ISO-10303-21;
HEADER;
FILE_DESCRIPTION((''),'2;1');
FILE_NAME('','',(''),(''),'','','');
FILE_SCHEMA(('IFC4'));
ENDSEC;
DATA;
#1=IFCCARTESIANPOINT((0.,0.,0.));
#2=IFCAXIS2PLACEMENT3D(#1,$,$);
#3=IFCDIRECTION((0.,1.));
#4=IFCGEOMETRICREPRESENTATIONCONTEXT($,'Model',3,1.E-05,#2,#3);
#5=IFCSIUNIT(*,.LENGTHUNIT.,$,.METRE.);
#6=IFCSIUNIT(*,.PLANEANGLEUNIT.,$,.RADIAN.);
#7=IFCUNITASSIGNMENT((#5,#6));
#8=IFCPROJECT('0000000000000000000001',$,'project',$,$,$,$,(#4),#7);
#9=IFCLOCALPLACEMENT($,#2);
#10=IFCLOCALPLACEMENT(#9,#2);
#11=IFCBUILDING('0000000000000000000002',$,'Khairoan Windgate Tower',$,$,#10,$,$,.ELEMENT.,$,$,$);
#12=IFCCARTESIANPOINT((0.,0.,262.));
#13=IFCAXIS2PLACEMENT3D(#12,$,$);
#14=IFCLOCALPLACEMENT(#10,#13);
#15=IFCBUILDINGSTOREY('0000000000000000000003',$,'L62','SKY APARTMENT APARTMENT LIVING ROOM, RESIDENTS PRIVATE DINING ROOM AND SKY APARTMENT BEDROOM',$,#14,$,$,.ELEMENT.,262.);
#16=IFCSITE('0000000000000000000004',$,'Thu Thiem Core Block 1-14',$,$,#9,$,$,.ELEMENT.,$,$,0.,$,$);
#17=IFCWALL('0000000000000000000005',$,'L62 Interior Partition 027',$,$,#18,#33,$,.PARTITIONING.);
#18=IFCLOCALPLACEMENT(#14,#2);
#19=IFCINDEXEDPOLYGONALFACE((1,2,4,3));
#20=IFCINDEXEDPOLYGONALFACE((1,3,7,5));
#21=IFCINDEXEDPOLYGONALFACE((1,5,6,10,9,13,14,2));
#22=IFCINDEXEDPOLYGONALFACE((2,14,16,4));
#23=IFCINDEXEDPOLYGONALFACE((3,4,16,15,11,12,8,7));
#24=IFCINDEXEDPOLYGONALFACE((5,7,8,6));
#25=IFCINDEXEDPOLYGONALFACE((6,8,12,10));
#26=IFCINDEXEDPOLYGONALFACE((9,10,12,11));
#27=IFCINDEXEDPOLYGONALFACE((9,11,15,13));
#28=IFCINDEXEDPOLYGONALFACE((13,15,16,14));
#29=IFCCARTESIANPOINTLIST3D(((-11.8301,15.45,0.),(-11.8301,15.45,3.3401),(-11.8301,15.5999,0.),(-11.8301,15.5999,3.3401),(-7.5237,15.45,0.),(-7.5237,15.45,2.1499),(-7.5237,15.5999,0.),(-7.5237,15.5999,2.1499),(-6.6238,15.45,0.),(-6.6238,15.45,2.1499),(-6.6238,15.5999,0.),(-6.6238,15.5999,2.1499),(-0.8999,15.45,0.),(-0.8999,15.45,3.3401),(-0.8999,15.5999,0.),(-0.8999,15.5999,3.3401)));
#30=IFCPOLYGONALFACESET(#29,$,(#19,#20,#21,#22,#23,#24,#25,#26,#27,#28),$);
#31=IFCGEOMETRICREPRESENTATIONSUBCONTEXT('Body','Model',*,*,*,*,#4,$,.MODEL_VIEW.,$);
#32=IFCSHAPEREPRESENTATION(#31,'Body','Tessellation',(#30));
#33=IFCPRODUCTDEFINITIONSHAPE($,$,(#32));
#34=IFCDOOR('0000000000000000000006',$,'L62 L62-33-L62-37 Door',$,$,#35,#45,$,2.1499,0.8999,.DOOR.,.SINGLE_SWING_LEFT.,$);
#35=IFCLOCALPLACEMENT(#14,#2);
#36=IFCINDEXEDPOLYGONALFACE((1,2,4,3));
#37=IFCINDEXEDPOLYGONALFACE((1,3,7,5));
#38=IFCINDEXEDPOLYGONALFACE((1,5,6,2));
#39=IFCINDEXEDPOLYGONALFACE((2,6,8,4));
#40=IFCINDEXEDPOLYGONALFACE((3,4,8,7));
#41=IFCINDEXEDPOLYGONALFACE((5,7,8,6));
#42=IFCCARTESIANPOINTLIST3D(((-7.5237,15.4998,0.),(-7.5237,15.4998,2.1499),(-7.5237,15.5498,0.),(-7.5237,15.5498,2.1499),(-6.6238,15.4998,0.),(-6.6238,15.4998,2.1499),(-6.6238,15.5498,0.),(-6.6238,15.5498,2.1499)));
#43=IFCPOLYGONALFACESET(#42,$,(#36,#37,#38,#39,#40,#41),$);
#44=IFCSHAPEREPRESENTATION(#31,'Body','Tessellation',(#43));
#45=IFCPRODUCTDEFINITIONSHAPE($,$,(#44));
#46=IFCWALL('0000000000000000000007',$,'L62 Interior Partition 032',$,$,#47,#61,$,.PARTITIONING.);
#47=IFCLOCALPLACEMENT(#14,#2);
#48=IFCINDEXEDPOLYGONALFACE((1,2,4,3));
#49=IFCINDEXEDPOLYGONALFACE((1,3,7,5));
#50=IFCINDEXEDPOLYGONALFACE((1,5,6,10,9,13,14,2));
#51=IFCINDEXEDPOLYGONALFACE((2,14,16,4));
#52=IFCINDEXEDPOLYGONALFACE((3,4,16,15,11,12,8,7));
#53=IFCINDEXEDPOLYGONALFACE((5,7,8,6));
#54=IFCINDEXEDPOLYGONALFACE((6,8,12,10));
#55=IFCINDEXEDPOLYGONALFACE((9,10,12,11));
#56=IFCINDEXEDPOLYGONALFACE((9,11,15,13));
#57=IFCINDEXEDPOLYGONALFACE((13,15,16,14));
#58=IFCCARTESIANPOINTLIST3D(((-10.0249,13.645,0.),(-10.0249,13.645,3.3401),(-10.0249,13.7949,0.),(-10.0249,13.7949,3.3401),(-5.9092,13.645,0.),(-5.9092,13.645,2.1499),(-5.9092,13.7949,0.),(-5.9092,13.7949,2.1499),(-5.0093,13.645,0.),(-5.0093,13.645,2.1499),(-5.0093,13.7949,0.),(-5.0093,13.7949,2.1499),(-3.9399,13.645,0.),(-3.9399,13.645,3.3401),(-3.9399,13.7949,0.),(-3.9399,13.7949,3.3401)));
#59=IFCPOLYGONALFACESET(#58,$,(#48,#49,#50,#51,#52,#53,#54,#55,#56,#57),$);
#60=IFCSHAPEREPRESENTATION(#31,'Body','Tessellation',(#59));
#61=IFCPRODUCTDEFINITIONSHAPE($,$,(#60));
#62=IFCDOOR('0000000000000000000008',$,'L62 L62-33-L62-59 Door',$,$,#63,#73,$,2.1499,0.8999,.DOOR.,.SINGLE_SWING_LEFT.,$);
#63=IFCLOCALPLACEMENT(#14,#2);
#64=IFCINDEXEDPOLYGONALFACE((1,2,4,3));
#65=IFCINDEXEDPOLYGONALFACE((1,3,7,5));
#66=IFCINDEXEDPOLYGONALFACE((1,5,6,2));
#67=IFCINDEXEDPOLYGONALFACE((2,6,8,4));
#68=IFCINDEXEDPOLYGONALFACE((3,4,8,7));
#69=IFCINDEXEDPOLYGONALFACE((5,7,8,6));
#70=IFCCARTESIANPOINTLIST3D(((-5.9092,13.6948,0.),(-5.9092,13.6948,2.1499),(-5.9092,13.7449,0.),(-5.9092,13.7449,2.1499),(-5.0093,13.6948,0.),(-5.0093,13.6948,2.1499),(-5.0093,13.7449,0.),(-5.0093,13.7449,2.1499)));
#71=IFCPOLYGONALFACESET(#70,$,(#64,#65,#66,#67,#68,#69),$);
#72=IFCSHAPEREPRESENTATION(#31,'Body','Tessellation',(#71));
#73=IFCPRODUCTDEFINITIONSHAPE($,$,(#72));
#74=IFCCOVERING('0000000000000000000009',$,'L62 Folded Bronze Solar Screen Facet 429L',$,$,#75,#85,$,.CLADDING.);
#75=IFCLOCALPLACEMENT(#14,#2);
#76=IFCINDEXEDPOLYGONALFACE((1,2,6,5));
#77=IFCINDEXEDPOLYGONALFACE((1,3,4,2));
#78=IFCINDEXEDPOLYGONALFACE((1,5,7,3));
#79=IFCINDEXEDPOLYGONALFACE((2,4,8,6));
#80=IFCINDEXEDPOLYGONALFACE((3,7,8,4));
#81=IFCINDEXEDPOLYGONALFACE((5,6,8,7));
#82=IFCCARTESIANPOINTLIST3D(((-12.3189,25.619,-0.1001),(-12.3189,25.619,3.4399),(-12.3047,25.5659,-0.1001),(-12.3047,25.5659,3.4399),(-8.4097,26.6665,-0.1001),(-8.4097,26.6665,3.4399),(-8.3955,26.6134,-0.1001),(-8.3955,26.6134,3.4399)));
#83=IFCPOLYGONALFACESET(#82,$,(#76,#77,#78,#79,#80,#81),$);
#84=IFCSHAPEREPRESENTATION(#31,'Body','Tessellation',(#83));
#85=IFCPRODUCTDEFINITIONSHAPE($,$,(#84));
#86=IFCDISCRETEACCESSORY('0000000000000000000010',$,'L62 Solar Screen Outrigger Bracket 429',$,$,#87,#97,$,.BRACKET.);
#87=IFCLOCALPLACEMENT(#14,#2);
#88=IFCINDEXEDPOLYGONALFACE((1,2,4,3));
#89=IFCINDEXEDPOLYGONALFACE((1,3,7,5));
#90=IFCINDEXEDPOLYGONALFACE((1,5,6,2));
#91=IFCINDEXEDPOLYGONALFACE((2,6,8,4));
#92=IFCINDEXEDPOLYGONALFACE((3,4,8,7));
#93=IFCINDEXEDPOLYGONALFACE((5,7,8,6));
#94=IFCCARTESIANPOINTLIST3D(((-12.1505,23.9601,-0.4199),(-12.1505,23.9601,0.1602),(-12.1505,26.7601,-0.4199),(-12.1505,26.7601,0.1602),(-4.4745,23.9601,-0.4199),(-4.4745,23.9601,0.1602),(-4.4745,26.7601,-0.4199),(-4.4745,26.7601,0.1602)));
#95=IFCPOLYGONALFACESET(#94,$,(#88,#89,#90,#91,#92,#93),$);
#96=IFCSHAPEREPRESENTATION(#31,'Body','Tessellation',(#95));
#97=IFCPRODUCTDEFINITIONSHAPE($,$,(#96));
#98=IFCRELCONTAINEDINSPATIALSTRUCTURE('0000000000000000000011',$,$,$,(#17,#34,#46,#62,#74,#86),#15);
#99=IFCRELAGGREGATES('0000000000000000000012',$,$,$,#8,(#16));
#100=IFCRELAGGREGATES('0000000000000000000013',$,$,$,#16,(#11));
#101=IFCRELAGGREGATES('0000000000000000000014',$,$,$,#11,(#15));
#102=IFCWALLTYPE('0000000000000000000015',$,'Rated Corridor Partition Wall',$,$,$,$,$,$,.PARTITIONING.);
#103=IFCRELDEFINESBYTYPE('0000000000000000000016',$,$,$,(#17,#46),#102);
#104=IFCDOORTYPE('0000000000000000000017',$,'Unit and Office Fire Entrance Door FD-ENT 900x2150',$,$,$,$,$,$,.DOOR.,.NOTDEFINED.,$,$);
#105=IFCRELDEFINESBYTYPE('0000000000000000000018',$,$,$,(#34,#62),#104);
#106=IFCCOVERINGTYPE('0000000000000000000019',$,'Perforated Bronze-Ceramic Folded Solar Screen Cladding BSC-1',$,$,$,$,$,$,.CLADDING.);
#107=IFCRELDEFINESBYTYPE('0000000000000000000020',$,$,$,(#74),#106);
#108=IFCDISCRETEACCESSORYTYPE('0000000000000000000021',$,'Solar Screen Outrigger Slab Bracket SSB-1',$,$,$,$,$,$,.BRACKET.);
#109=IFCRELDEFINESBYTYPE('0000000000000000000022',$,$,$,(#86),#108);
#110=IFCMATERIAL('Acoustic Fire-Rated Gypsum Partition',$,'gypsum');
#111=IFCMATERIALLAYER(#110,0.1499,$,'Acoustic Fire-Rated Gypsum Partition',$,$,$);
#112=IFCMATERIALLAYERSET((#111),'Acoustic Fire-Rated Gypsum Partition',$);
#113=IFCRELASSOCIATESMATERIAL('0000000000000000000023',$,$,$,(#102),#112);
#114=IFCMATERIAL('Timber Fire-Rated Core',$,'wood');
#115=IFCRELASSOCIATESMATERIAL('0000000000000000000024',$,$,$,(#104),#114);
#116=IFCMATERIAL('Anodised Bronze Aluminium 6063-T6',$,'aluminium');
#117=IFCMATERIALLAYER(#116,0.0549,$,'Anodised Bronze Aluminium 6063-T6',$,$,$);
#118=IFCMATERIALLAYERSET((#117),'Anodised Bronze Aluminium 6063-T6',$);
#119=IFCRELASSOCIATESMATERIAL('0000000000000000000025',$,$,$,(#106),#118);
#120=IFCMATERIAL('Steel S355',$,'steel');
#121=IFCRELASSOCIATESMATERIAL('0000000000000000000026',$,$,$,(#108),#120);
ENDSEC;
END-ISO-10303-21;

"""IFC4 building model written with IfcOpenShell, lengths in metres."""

from ifc_helpers import new_model, si_unit, direction, frame, frame_2d, origin, origin_2d, place, context, subcontext, project, spatial, rectangle, extrude, material, layer, layer_set, type_object, element, fill, save


model = new_model("IFC4")

# Units and contexts
model_context = context("Model", 3, precision=1e-05, world=origin(), true_north=direction((0.0, 1.0)))
body_context = subcontext(model_context, "Body", "Model", "MODEL_VIEW")
ifc_project = project(units=[si_unit("LENGTHUNIT", "METRE"), si_unit("PLANEANGLEUNIT", "RADIAN")], contexts=[model_context])

# Site, building, storey
site_placement = place(None, origin())
site = spatial("IfcSite", under=ifc_project, at=site_placement, Name="Thu Thiem Core Block 1-14", CompositionType="ELEMENT", RefElevation=0.0)
building_placement = place(site_placement, origin())
building = spatial("IfcBuilding", under=site, at=building_placement, Name="Khairoan Windgate Tower", CompositionType="ELEMENT")
storey_placement = place(building_placement, frame((0.0, 0.0, 262.0)))
storey = spatial("IfcBuildingStorey", under=building, at=storey_placement, Name="L62", Description="SKY APARTMENT APARTMENT LIVING ROOM, RESIDENTS PRIVATE DINING ROOM AND SKY APARTMENT BEDROOM", CompositionType="ELEMENT", Elevation=262.0)

# Shared definitions
ifc_material_1 = material(Name="Acoustic Fire-Rated Gypsum Partition", Category="gypsum")
ifc_layer_1 = layer(ifc_material_1, 0.1499, Name="Acoustic Fire-Rated Gypsum Partition")
ifc_layer_set_1 = layer_set([ifc_layer_1], Name="Acoustic Fire-Rated Gypsum Partition")
wall_type_1 = type_object("IfcWallType", Name="Rated Corridor Partition Wall", PredefinedType="PARTITIONING", material=ifc_layer_set_1)

# Walls, openings, doors
wall_1_placement = place(storey_placement, frame((-11.8301, 15.5249, 0.0), z_axis=(0.0, 0.0, 1.0), x_axis=(1.0, 0.0, 0.0)))
wall_1 = element("IfcWall", 1, at=wall_1_placement, inside=storey, type_object=wall_type_1, Name="L62 Interior Partition 027", PredefinedType="PARTITIONING", context=body_context, shape_type="SweptSolid", body=[
    extrude(rectangle(XDim=10.9302, YDim=0.1499, at=frame_2d((5.4651, 0.0))), origin(), (0.0, 0.0, 1.0), 3.3401),
])
opening_1_placement = place(wall_1_placement, frame((4.3064, 0.0, 0.0)))
opening_1 = element("IfcOpeningElement", 2, at=opening_1_placement, cuts=wall_1, PredefinedType="OPENING", context=body_context, shape_type="SweptSolid", body=[
    extrude(rectangle(XDim=0.8999, YDim=2.1499, at=frame_2d((0.45, 1.075))), frame((0.0, 0.085, 0.0), z_axis=(0.0, -1.0, 0.0), x_axis=(1.0, 0.0, 0.0)), (0.0, 0.0, 1.0), 0.1699),
])
ifc_material_2 = material(Name="Timber Fire-Rated Core", Category="wood")
door_type_1 = type_object("IfcDoorType", Name="Unit and Office Fire Entrance Door FD-ENT 900x2150", OperationType="NOTDEFINED", PredefinedType="DOOR", material=ifc_material_2)
door_1_placement = place(opening_1_placement, origin())
door_1 = element("IfcDoor", 3, at=door_1_placement, inside=storey, type_object=door_type_1, Name="L62 L62-33-L62-37 Door", OperationType="SINGLE_SWING_LEFT", OverallHeight=2.1499, OverallWidth=0.8999, PredefinedType="DOOR", context=body_context, shape_type="SweptSolid", body=[
    extrude(rectangle(XDim=0.8999, YDim=2.1499, at=frame_2d((0.45, 1.075))), frame((0.0, 0.0249, 0.0), z_axis=(0.0, -1.0, 0.0), x_axis=(1.0, 0.0, 0.0)), (0.0, 0.0, 1.0), 0.05),
])
fill(opening_1, door_1)
wall_2_placement = place(storey_placement, frame((-10.0249, 13.72, 0.0), z_axis=(0.0, 0.0, 1.0), x_axis=(1.0, 0.0, 0.0)))
wall_2 = element("IfcWall", 4, at=wall_2_placement, inside=storey, type_object=wall_type_1, Name="L62 Interior Partition 032", PredefinedType="PARTITIONING", context=body_context, shape_type="SweptSolid", body=[
    extrude(rectangle(XDim=6.085, YDim=0.1499, at=frame_2d((3.0425, 0.0))), origin(), (0.0, 0.0, 1.0), 3.3401),
])
opening_2_placement = place(wall_2_placement, frame((4.1157, 0.0, 0.0)))
opening_2 = element("IfcOpeningElement", 5, at=opening_2_placement, cuts=wall_2, PredefinedType="OPENING", context=body_context, shape_type="SweptSolid", body=[
    extrude(rectangle(XDim=0.8999, YDim=2.1499, at=frame_2d((0.45, 1.075))), frame((0.0, 0.085, 0.0), z_axis=(0.0, -1.0, 0.0), x_axis=(1.0, 0.0, 0.0)), (0.0, 0.0, 1.0), 0.1699),
])
door_2_placement = place(opening_2_placement, origin())
door_2 = element("IfcDoor", 6, at=door_2_placement, inside=storey, type_object=door_type_1, Name="L62 L62-33-L62-59 Door", OperationType="SINGLE_SWING_LEFT", OverallHeight=2.1499, OverallWidth=0.8999, PredefinedType="DOOR", context=body_context, shape_type="SweptSolid", body=[
    extrude(rectangle(XDim=0.8999, YDim=2.1499, at=frame_2d((0.45, 1.075))), frame((0.0, 0.0249, 0.0), z_axis=(0.0, -1.0, 0.0), x_axis=(1.0, 0.0, 0.0)), (0.0, 0.0, 1.0), 0.05),
])
fill(opening_2, door_2)

# Covering
ifc_material_3 = material(Name="Anodised Bronze Aluminium 6063-T6", Category="aluminium")
ifc_layer_2 = layer(ifc_material_3, 0.0549, Name="Anodised Bronze Aluminium 6063-T6")
ifc_layer_set_2 = layer_set([ifc_layer_2], Name="Anodised Bronze Aluminium 6063-T6")
covering_type = type_object("IfcCoveringType", Name="Perforated Bronze-Ceramic Folded Solar Screen Cladding BSC-1", PredefinedType="CLADDING", material=ifc_layer_set_2)
covering_placement = place(storey_placement, frame((-10.3572, 26.1162, -0.1001), z_axis=(0.0, 0.0, 1.0), x_axis=(0.965926, 0.258819, 0.0)))
element("IfcCovering", 7, at=covering_placement, inside=storey, type_object=covering_type, Name="L62 Folded Bronze Solar Screen Facet 429L", PredefinedType="CLADDING", context=body_context, shape_type="SweptSolid", body=[
    extrude(rectangle(XDim=4.0471, YDim=0.0549, at=origin_2d()), origin(), (0.0, 0.0, 1.0), 3.54),
])

# Discrete accessory
ifc_material_4 = material(Name="Steel S355", Category="steel")
discrete_accessory_type = type_object("IfcDiscreteAccessoryType", Name="Solar Screen Outrigger Slab Bracket SSB-1", PredefinedType="BRACKET", material=ifc_material_4)
discrete_accessory_placement = place(storey_placement, frame((-8.3125, 25.3601, -0.4199), z_axis=(0.0, 0.0, 1.0), x_axis=(1.0, 0.0, 0.0)))
element("IfcDiscreteAccessory", 8, at=discrete_accessory_placement, inside=storey, type_object=discrete_accessory_type, Name="L62 Solar Screen Outrigger Bracket 429", PredefinedType="BRACKET", context=body_context, shape_type="SweptSolid", body=[
    extrude(rectangle(XDim=7.676, YDim=2.8, at=origin_2d()), origin(), (0.0, 0.0, 1.0), 0.5801),
])

save(model, "model.ifc")
